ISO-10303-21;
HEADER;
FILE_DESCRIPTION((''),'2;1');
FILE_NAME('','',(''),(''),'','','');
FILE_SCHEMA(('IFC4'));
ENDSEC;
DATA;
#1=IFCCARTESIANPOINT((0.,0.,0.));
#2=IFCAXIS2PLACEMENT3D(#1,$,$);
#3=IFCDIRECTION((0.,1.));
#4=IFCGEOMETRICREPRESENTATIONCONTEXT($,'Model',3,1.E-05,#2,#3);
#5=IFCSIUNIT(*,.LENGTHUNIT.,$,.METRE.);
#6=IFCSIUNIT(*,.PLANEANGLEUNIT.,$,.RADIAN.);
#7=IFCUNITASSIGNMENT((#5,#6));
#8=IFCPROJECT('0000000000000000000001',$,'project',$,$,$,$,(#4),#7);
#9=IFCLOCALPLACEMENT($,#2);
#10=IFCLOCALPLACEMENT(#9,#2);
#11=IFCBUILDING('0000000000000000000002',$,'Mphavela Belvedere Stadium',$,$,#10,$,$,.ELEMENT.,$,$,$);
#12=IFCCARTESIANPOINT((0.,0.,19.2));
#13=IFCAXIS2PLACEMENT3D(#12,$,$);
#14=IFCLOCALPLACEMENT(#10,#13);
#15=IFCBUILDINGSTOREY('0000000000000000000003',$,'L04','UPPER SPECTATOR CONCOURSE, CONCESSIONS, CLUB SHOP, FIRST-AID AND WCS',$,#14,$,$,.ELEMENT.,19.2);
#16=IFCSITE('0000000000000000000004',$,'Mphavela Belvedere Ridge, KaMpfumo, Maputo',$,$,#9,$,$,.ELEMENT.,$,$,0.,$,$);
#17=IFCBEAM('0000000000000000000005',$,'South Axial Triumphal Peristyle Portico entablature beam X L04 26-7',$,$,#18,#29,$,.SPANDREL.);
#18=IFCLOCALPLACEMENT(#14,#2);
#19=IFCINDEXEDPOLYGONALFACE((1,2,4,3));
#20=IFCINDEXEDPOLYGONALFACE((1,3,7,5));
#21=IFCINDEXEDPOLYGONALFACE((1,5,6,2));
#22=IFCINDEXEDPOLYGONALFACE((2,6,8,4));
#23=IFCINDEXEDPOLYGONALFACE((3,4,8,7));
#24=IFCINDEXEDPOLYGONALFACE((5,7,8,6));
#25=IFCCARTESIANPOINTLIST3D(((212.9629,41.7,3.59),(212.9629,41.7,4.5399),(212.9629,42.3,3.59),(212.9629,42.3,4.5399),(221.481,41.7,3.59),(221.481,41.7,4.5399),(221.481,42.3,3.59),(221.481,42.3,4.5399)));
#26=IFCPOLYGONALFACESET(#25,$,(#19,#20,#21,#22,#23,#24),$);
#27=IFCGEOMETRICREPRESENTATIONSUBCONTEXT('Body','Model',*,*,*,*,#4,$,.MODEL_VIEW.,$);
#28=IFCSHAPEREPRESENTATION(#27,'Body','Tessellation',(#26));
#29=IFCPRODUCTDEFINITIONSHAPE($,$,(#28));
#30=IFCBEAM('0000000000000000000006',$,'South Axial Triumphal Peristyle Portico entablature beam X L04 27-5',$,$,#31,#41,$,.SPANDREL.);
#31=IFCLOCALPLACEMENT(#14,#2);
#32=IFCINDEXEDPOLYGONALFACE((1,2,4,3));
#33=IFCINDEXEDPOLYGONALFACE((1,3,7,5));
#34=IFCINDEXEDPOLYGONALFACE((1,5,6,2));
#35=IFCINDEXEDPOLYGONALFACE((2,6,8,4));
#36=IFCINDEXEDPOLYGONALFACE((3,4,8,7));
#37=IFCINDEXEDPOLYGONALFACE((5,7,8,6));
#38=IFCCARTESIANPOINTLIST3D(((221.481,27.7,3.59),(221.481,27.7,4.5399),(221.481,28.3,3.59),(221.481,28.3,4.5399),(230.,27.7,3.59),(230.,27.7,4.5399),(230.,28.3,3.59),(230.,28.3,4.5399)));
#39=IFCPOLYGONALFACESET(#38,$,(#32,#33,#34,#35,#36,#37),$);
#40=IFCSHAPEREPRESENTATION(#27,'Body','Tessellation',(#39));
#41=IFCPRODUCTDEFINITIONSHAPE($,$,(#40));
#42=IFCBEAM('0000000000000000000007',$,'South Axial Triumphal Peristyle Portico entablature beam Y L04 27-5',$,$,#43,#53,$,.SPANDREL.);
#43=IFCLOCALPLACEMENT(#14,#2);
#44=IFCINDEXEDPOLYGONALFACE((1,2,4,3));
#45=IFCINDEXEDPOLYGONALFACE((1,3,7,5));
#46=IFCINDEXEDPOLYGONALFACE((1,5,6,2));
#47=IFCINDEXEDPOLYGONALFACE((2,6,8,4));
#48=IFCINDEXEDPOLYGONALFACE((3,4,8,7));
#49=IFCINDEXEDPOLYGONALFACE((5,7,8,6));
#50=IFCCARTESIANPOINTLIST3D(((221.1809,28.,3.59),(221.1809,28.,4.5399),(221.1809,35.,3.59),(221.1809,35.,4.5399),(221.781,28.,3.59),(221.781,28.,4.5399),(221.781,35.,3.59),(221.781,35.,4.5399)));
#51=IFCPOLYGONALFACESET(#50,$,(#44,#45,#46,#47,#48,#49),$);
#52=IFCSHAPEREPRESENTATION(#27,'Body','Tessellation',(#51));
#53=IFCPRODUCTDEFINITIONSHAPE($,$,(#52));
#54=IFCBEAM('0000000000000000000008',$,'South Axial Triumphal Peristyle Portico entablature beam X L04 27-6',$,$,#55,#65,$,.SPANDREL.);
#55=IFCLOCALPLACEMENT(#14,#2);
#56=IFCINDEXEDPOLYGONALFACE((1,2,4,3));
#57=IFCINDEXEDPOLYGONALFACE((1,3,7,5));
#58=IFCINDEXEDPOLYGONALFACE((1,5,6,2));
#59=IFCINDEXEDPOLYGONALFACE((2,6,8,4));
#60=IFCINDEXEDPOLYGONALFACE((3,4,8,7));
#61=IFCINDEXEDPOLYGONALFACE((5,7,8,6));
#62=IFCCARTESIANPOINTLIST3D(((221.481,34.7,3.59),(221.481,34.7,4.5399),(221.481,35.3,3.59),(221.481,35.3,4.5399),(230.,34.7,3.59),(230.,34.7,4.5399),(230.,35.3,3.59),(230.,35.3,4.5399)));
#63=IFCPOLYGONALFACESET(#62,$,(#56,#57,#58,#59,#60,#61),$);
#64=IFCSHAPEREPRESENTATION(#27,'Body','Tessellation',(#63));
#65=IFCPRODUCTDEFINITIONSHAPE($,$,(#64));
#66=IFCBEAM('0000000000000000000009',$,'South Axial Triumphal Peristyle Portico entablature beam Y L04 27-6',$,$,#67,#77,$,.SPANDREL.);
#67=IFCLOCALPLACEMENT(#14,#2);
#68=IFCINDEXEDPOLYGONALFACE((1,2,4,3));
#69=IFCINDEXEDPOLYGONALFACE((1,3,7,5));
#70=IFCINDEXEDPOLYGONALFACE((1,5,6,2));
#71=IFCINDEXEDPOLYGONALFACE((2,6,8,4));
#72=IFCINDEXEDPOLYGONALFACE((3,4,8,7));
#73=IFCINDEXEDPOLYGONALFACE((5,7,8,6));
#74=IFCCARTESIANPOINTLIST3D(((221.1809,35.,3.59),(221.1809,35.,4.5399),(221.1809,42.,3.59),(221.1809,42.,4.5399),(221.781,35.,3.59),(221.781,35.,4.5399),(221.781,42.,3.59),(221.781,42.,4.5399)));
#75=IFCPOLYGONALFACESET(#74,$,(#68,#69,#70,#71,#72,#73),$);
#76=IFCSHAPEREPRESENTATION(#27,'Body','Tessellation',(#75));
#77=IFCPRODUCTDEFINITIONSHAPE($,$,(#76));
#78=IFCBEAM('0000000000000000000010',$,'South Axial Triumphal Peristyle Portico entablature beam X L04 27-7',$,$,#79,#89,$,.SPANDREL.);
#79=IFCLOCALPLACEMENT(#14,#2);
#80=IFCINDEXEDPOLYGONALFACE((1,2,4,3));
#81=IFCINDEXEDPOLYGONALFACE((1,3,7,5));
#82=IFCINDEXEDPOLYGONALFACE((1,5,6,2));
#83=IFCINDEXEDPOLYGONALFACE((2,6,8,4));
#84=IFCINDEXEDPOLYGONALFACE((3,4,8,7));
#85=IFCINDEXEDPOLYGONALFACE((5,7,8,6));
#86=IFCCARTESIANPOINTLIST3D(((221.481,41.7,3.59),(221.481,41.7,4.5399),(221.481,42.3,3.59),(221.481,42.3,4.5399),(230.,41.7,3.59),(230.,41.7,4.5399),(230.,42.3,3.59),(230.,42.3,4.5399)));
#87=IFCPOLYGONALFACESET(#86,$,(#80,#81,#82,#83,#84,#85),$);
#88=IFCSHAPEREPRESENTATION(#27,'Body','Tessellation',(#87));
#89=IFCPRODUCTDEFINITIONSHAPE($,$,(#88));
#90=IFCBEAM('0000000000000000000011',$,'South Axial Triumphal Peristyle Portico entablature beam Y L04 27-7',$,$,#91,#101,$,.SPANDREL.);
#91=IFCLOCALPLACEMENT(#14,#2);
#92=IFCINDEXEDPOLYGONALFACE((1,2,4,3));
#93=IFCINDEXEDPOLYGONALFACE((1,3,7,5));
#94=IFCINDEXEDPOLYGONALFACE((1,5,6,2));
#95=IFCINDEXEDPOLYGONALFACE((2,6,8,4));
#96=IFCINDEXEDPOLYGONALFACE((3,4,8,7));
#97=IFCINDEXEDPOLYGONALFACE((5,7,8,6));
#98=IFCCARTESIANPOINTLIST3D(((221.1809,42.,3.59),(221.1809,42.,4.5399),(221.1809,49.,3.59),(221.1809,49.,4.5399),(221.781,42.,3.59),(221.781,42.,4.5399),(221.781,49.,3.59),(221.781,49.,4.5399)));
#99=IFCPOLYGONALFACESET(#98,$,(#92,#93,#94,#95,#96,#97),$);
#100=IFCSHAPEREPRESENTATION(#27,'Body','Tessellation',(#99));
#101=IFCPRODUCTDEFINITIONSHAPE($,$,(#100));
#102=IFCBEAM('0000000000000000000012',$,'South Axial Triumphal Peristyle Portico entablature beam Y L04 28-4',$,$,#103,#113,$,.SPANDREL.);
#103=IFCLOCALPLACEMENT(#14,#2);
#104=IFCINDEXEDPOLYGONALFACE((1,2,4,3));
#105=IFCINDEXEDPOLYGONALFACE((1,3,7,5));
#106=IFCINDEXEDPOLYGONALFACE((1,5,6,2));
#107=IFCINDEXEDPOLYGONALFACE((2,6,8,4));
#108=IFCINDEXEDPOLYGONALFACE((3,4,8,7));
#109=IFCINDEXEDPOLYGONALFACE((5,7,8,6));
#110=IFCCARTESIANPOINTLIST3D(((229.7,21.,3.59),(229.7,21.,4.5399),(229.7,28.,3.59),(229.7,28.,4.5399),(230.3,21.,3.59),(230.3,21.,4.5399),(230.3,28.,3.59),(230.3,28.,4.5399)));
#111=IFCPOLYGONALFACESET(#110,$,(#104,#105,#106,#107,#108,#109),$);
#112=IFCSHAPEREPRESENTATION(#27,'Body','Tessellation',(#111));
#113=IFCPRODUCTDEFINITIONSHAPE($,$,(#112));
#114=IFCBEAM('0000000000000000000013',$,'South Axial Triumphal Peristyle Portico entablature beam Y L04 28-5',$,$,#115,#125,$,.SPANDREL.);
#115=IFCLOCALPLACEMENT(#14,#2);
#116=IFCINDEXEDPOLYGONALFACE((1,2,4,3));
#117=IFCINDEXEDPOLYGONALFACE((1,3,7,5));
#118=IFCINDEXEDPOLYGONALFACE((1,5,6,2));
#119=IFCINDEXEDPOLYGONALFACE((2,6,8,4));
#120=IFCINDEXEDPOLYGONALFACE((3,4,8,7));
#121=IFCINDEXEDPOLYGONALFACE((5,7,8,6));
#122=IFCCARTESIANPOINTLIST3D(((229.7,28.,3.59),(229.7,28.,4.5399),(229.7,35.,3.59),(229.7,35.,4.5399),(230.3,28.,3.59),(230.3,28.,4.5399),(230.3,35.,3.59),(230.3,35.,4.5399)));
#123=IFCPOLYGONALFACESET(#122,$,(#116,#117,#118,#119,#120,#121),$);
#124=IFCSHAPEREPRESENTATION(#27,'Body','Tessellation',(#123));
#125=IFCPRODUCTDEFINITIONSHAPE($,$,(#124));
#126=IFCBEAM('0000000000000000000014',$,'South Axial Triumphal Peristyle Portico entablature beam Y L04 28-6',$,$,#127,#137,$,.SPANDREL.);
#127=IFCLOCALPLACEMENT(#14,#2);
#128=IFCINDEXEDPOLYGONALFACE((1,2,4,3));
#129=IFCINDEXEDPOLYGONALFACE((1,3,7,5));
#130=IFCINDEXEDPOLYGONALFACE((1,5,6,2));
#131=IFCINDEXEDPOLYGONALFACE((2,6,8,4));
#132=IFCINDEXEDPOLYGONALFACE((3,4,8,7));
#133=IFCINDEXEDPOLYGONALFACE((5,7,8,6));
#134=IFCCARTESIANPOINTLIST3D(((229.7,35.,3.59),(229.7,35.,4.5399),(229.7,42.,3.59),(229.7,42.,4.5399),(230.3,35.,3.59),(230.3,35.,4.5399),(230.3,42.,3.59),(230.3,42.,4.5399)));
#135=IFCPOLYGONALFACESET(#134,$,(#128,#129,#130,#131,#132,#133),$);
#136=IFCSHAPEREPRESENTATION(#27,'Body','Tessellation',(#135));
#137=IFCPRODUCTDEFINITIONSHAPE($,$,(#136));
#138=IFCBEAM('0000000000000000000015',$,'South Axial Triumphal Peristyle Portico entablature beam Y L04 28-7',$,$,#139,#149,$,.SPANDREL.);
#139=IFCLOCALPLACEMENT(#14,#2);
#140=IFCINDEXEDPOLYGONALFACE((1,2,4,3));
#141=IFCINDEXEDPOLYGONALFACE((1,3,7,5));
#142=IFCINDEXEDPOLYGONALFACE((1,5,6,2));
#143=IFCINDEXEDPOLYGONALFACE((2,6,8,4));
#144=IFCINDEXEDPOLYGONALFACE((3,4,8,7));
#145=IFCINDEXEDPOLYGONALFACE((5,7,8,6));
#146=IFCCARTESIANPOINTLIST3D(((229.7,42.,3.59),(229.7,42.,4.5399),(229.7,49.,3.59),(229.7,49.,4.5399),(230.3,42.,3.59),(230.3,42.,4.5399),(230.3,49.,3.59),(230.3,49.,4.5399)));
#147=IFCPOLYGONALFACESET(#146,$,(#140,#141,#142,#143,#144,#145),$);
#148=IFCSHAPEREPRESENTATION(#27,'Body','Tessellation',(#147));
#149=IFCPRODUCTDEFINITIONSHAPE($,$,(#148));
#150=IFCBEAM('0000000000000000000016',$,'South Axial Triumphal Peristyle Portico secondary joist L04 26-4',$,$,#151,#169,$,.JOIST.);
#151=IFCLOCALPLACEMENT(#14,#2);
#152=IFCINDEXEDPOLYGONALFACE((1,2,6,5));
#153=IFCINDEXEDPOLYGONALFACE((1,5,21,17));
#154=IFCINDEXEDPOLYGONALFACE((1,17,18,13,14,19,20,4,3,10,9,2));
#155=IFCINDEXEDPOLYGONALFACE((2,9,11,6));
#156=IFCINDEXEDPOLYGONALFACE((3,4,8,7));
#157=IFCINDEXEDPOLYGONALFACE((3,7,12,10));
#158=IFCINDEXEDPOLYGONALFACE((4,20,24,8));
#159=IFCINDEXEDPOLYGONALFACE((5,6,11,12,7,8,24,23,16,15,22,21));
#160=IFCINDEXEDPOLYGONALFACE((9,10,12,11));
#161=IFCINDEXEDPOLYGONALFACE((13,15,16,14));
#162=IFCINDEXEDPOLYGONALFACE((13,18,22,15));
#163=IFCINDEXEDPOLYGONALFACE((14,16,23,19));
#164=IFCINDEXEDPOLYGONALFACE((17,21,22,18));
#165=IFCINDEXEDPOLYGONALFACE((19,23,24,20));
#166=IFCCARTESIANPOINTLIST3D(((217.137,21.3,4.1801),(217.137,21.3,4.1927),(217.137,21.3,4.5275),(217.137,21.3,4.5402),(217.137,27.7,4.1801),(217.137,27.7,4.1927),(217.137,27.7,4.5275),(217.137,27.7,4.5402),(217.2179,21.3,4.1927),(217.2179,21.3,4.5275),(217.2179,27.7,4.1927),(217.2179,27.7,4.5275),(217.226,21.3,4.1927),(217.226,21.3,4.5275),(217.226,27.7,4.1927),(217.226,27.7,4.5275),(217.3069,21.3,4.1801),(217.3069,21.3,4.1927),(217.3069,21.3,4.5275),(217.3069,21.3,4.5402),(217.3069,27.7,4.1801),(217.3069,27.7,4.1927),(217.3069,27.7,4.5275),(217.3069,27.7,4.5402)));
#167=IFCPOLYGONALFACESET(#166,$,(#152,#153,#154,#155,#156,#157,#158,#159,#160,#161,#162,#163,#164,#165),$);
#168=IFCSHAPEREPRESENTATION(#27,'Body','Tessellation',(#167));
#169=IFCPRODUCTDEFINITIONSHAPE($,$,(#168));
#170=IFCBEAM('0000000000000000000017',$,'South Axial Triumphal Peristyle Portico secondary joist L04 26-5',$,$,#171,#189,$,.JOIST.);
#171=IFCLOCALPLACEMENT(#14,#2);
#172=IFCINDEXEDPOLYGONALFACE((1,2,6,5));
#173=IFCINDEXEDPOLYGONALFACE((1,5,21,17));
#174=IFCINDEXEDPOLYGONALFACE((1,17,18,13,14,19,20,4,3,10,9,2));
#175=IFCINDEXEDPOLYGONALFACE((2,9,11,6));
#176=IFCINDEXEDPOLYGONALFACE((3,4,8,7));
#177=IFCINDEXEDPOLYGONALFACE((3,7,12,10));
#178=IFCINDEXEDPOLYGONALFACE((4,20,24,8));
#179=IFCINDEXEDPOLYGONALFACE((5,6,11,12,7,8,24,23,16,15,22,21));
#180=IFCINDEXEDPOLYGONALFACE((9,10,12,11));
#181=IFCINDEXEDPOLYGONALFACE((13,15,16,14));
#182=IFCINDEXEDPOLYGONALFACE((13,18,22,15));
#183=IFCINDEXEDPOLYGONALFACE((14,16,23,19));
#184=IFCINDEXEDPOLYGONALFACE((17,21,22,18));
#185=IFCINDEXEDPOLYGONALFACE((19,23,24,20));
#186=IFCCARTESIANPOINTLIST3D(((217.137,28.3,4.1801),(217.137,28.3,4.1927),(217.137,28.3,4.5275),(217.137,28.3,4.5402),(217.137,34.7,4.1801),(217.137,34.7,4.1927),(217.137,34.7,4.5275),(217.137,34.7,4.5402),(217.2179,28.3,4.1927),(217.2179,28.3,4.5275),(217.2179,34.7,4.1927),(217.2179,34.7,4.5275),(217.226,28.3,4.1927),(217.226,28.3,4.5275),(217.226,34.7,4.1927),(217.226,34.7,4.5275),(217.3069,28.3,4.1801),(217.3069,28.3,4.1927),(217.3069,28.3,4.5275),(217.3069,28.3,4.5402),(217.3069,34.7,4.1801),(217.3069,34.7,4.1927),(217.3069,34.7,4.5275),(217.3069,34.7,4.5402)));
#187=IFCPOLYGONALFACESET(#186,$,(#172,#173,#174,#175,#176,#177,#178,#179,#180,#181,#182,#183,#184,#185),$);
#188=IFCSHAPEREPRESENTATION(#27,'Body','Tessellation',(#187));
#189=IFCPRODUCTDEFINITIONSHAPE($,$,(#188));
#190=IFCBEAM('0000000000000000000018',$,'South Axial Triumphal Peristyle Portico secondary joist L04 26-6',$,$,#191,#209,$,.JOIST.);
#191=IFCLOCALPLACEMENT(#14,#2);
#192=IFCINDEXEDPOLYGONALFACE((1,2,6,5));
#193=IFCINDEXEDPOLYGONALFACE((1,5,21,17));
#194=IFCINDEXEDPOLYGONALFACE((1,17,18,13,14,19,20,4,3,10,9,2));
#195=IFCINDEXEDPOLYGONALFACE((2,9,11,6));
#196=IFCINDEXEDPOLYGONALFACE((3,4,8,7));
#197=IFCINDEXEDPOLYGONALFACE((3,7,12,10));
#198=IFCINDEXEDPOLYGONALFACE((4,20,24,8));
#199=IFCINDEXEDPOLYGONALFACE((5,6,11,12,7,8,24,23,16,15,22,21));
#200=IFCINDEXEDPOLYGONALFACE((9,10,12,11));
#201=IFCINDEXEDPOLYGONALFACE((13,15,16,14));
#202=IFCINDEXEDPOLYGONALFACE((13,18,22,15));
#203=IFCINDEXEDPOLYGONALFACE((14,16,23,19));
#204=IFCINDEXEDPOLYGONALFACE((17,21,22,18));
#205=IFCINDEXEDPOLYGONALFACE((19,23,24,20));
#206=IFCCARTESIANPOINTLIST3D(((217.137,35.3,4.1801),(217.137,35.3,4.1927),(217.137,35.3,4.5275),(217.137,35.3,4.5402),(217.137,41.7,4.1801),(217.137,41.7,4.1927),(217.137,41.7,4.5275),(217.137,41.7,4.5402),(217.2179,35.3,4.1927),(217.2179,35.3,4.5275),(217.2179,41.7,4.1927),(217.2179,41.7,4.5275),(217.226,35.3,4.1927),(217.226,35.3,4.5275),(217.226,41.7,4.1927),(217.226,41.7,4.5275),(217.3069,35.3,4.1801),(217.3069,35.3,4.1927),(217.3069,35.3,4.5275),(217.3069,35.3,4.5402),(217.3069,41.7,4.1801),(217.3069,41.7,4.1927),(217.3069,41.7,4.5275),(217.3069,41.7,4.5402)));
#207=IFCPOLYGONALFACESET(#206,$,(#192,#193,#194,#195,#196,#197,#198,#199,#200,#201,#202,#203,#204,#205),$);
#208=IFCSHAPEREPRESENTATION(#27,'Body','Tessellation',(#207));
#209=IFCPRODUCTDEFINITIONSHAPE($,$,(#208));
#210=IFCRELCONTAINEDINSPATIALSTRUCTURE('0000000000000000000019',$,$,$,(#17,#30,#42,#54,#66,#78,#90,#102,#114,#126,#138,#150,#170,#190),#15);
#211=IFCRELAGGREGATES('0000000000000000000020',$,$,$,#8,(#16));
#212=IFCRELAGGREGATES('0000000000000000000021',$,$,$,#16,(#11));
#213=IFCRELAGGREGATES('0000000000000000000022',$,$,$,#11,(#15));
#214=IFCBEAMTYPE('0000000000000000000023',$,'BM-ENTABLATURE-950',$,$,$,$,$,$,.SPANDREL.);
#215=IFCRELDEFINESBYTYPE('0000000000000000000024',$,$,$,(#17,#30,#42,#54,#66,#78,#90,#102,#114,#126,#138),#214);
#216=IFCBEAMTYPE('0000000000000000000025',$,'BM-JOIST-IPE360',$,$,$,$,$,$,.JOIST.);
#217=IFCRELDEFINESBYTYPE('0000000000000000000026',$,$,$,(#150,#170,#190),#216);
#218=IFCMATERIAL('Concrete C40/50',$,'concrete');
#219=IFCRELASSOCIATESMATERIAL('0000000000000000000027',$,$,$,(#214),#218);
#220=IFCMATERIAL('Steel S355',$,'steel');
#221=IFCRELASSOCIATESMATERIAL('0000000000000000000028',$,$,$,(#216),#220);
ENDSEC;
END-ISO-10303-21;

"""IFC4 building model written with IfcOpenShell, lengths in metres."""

from ifc_helpers import new_model, si_unit, direction, frame, origin, origin_2d, place, context, subcontext, project, spatial, rectangle, i_section, extrude, material, material_profile, profile_set, type_object, element, save


model = new_model("IFC4")

# Units and contexts
model_context = context("Model", 3, precision=1e-05, world=origin(), true_north=direction((0.0, 1.0)))
body_context = subcontext(model_context, "Body", "Model", "MODEL_VIEW")
ifc_project = project(units=[si_unit("LENGTHUNIT", "METRE"), si_unit("PLANEANGLEUNIT", "RADIAN")], contexts=[model_context])

# Site, building, storey
site_placement = place(None, origin())
site = spatial("IfcSite", under=ifc_project, at=site_placement, Name="Mphavela Belvedere Ridge, KaMpfumo, Maputo", CompositionType="ELEMENT", RefElevation=0.0)
building_placement = place(site_placement, origin())
building = spatial("IfcBuilding", under=site, at=building_placement, Name="Mphavela Belvedere Stadium", CompositionType="ELEMENT")
storey_placement = place(building_placement, frame((0.0, 0.0, 19.2)))
storey = spatial("IfcBuildingStorey", under=building, at=storey_placement, Name="L04", Description="UPPER SPECTATOR CONCOURSE, CONCESSIONS, CLUB SHOP, FIRST-AID AND WCS", CompositionType="ELEMENT", Elevation=19.2)

# Beams
ifc_material_1 = material(Name="Concrete C40/50", Category="concrete")
ifc_material_profile_1 = material_profile(ifc_material_1, rectangle(XDim=0.6001, YDim=0.95, at=origin_2d()), Name="RC 600x950")
ifc_profile_set_1 = profile_set([ifc_material_profile_1], Name="Concrete C40/50")
beam_type_1 = type_object("IfcBeamType", Name="BM-ENTABLATURE-950", PredefinedType="SPANDREL", material=ifc_profile_set_1)
beam_1_placement = place(storey_placement, frame((212.9629, 42.0, 4.0649), z_axis=(1.0, 0.0, 0.0), x_axis=(0.0, 1.0, 0.0)))
element("IfcBeam", 1, at=beam_1_placement, inside=storey, type_object=beam_type_1, Name="South Axial Triumphal Peristyle Portico entablature beam X L04 26-7", PredefinedType="SPANDREL", context=body_context, shape_type="SweptSolid", body=[
    extrude(rectangle(XDim=0.6001, YDim=0.95, at=origin_2d()), origin(), (0.0, 0.0, 1.0), 8.5181),
])
beam_2_placement = place(storey_placement, frame((221.481, 28.0, 4.0649), z_axis=(1.0, 0.0, 0.0), x_axis=(0.0, 1.0, 0.0)))
element("IfcBeam", 2, at=beam_2_placement, inside=storey, type_object=beam_type_1, Name="South Axial Triumphal Peristyle Portico entablature beam X L04 27-5", PredefinedType="SPANDREL", context=body_context, shape_type="SweptSolid", body=[
    extrude(rectangle(XDim=0.6001, YDim=0.95, at=origin_2d()), origin(), (0.0, 0.0, 1.0), 8.519),
])
beam_3_placement = place(storey_placement, frame((221.481, 28.0, 4.0649), z_axis=(0.0, 1.0, 0.0), x_axis=(-1.0, 0.0, 0.0)))
element("IfcBeam", 3, at=beam_3_placement, inside=storey, type_object=beam_type_1, Name="South Axial Triumphal Peristyle Portico entablature beam Y L04 27-5", PredefinedType="SPANDREL", context=body_context, shape_type="SweptSolid", body=[
    extrude(rectangle(XDim=0.6001, YDim=0.95, at=origin_2d()), origin(), (0.0, 0.0, 1.0), 7.0),
])
beam_4_placement = place(storey_placement, frame((221.481, 35.0, 4.0649), z_axis=(1.0, 0.0, 0.0), x_axis=(0.0, 1.0, 0.0)))
element("IfcBeam", 4, at=beam_4_placement, inside=storey, type_object=beam_type_1, Name="South Axial Triumphal Peristyle Portico entablature beam X L04 27-6", PredefinedType="SPANDREL", context=body_context, shape_type="SweptSolid", body=[
    extrude(rectangle(XDim=0.6001, YDim=0.95, at=origin_2d()), origin(), (0.0, 0.0, 1.0), 8.519),
])
beam_5_placement = place(storey_placement, frame((221.481, 35.0, 4.0649), z_axis=(0.0, 1.0, 0.0), x_axis=(-1.0, 0.0, 0.0)))
element("IfcBeam", 5, at=beam_5_placement, inside=storey, type_object=beam_type_1, Name="South Axial Triumphal Peristyle Portico entablature beam Y L04 27-6", PredefinedType="SPANDREL", context=body_context, shape_type="SweptSolid", body=[
    extrude(rectangle(XDim=0.6001, YDim=0.95, at=origin_2d()), origin(), (0.0, 0.0, 1.0), 7.0),
])
beam_6_placement = place(storey_placement, frame((221.481, 42.0, 4.0649), z_axis=(1.0, 0.0, 0.0), x_axis=(0.0, 1.0, 0.0)))
element("IfcBeam", 6, at=beam_6_placement, inside=storey, type_object=beam_type_1, Name="South Axial Triumphal Peristyle Portico entablature beam X L04 27-7", PredefinedType="SPANDREL", context=body_context, shape_type="SweptSolid", body=[
    extrude(rectangle(XDim=0.6001, YDim=0.95, at=origin_2d()), origin(), (0.0, 0.0, 1.0), 8.519),
])
for number, where, z_axis, x_axis, name in (
    (7, (221.481, 42.0, 4.0649), (0.0, 1.0, 0.0), (-1.0, 0.0, 0.0), "South Axial Triumphal Peristyle Portico entablature beam Y L04 27-7"),
    (8, (230.0, 21.0, 4.0649), (0.0, 1.0, 0.0), (-1.0, 0.0, 0.0), "South Axial Triumphal Peristyle Portico entablature beam Y L04 28-4"),
    (9, (230.0, 28.0, 4.0649), (0.0, 1.0, 0.0), (-1.0, 0.0, 0.0), "South Axial Triumphal Peristyle Portico entablature beam Y L04 28-5"),
    (10, (230.0, 35.0, 4.0649), (0.0, 1.0, 0.0), (-1.0, 0.0, 0.0), "South Axial Triumphal Peristyle Portico entablature beam Y L04 28-6"),
    (11, (230.0, 42.0, 4.0649), (0.0, 1.0, 0.0), (-1.0, 0.0, 0.0), "South Axial Triumphal Peristyle Portico entablature beam Y L04 28-7"),
):
    element("IfcBeam", number, at=place(storey_placement, frame(where, z_axis=z_axis, x_axis=x_axis)), inside=storey, type_object=beam_type_1, Name=name, PredefinedType="SPANDREL", context=body_context, shape_type="SweptSolid", body=[
        extrude(rectangle(XDim=0.6001, YDim=0.95, at=origin_2d()), origin(), (0.0, 0.0, 1.0), 7.0),
    ])
ifc_material_2 = material(Name="Steel S355", Category="steel")
ifc_material_profile_2 = material_profile(ifc_material_2, i_section(OverallWidth=0.1699, OverallDepth=0.3601, WebThickness=0.0081, FlangeThickness=0.0127, at=origin_2d()), Name="IPE 360")
ifc_profile_set_2 = profile_set([ifc_material_profile_2], Name="Steel S355")
beam_type_2 = type_object("IfcBeamType", Name="BM-JOIST-IPE360", PredefinedType="JOIST", material=ifc_profile_set_2)
for number, where, z_axis, x_axis, name in (
    (12, (217.2219, 21.3, 4.3601), (0.0, 1.0, 0.0), (-1.0, 0.0, 0.0), "South Axial Triumphal Peristyle Portico secondary joist L04 26-4"),
    (13, (217.2219, 28.3, 4.3601), (0.0, 1.0, 0.0), (-1.0, 0.0, 0.0), "South Axial Triumphal Peristyle Portico secondary joist L04 26-5"),
    (14, (217.2219, 35.3, 4.3601), (0.0, 1.0, 0.0), (-1.0, 0.0, 0.0), "South Axial Triumphal Peristyle Portico secondary joist L04 26-6"),
):
    element("IfcBeam", number, at=place(storey_placement, frame(where, z_axis=z_axis, x_axis=x_axis)), inside=storey, type_object=beam_type_2, Name=name, PredefinedType="JOIST", context=body_context, shape_type="SweptSolid", body=[
        extrude(i_section(OverallWidth=0.1699, OverallDepth=0.3601, WebThickness=0.0081, FlangeThickness=0.0127, at=origin_2d()), origin(), (0.0, 0.0, 1.0), 6.3999),
    ])

save(model, "model.ifc")
